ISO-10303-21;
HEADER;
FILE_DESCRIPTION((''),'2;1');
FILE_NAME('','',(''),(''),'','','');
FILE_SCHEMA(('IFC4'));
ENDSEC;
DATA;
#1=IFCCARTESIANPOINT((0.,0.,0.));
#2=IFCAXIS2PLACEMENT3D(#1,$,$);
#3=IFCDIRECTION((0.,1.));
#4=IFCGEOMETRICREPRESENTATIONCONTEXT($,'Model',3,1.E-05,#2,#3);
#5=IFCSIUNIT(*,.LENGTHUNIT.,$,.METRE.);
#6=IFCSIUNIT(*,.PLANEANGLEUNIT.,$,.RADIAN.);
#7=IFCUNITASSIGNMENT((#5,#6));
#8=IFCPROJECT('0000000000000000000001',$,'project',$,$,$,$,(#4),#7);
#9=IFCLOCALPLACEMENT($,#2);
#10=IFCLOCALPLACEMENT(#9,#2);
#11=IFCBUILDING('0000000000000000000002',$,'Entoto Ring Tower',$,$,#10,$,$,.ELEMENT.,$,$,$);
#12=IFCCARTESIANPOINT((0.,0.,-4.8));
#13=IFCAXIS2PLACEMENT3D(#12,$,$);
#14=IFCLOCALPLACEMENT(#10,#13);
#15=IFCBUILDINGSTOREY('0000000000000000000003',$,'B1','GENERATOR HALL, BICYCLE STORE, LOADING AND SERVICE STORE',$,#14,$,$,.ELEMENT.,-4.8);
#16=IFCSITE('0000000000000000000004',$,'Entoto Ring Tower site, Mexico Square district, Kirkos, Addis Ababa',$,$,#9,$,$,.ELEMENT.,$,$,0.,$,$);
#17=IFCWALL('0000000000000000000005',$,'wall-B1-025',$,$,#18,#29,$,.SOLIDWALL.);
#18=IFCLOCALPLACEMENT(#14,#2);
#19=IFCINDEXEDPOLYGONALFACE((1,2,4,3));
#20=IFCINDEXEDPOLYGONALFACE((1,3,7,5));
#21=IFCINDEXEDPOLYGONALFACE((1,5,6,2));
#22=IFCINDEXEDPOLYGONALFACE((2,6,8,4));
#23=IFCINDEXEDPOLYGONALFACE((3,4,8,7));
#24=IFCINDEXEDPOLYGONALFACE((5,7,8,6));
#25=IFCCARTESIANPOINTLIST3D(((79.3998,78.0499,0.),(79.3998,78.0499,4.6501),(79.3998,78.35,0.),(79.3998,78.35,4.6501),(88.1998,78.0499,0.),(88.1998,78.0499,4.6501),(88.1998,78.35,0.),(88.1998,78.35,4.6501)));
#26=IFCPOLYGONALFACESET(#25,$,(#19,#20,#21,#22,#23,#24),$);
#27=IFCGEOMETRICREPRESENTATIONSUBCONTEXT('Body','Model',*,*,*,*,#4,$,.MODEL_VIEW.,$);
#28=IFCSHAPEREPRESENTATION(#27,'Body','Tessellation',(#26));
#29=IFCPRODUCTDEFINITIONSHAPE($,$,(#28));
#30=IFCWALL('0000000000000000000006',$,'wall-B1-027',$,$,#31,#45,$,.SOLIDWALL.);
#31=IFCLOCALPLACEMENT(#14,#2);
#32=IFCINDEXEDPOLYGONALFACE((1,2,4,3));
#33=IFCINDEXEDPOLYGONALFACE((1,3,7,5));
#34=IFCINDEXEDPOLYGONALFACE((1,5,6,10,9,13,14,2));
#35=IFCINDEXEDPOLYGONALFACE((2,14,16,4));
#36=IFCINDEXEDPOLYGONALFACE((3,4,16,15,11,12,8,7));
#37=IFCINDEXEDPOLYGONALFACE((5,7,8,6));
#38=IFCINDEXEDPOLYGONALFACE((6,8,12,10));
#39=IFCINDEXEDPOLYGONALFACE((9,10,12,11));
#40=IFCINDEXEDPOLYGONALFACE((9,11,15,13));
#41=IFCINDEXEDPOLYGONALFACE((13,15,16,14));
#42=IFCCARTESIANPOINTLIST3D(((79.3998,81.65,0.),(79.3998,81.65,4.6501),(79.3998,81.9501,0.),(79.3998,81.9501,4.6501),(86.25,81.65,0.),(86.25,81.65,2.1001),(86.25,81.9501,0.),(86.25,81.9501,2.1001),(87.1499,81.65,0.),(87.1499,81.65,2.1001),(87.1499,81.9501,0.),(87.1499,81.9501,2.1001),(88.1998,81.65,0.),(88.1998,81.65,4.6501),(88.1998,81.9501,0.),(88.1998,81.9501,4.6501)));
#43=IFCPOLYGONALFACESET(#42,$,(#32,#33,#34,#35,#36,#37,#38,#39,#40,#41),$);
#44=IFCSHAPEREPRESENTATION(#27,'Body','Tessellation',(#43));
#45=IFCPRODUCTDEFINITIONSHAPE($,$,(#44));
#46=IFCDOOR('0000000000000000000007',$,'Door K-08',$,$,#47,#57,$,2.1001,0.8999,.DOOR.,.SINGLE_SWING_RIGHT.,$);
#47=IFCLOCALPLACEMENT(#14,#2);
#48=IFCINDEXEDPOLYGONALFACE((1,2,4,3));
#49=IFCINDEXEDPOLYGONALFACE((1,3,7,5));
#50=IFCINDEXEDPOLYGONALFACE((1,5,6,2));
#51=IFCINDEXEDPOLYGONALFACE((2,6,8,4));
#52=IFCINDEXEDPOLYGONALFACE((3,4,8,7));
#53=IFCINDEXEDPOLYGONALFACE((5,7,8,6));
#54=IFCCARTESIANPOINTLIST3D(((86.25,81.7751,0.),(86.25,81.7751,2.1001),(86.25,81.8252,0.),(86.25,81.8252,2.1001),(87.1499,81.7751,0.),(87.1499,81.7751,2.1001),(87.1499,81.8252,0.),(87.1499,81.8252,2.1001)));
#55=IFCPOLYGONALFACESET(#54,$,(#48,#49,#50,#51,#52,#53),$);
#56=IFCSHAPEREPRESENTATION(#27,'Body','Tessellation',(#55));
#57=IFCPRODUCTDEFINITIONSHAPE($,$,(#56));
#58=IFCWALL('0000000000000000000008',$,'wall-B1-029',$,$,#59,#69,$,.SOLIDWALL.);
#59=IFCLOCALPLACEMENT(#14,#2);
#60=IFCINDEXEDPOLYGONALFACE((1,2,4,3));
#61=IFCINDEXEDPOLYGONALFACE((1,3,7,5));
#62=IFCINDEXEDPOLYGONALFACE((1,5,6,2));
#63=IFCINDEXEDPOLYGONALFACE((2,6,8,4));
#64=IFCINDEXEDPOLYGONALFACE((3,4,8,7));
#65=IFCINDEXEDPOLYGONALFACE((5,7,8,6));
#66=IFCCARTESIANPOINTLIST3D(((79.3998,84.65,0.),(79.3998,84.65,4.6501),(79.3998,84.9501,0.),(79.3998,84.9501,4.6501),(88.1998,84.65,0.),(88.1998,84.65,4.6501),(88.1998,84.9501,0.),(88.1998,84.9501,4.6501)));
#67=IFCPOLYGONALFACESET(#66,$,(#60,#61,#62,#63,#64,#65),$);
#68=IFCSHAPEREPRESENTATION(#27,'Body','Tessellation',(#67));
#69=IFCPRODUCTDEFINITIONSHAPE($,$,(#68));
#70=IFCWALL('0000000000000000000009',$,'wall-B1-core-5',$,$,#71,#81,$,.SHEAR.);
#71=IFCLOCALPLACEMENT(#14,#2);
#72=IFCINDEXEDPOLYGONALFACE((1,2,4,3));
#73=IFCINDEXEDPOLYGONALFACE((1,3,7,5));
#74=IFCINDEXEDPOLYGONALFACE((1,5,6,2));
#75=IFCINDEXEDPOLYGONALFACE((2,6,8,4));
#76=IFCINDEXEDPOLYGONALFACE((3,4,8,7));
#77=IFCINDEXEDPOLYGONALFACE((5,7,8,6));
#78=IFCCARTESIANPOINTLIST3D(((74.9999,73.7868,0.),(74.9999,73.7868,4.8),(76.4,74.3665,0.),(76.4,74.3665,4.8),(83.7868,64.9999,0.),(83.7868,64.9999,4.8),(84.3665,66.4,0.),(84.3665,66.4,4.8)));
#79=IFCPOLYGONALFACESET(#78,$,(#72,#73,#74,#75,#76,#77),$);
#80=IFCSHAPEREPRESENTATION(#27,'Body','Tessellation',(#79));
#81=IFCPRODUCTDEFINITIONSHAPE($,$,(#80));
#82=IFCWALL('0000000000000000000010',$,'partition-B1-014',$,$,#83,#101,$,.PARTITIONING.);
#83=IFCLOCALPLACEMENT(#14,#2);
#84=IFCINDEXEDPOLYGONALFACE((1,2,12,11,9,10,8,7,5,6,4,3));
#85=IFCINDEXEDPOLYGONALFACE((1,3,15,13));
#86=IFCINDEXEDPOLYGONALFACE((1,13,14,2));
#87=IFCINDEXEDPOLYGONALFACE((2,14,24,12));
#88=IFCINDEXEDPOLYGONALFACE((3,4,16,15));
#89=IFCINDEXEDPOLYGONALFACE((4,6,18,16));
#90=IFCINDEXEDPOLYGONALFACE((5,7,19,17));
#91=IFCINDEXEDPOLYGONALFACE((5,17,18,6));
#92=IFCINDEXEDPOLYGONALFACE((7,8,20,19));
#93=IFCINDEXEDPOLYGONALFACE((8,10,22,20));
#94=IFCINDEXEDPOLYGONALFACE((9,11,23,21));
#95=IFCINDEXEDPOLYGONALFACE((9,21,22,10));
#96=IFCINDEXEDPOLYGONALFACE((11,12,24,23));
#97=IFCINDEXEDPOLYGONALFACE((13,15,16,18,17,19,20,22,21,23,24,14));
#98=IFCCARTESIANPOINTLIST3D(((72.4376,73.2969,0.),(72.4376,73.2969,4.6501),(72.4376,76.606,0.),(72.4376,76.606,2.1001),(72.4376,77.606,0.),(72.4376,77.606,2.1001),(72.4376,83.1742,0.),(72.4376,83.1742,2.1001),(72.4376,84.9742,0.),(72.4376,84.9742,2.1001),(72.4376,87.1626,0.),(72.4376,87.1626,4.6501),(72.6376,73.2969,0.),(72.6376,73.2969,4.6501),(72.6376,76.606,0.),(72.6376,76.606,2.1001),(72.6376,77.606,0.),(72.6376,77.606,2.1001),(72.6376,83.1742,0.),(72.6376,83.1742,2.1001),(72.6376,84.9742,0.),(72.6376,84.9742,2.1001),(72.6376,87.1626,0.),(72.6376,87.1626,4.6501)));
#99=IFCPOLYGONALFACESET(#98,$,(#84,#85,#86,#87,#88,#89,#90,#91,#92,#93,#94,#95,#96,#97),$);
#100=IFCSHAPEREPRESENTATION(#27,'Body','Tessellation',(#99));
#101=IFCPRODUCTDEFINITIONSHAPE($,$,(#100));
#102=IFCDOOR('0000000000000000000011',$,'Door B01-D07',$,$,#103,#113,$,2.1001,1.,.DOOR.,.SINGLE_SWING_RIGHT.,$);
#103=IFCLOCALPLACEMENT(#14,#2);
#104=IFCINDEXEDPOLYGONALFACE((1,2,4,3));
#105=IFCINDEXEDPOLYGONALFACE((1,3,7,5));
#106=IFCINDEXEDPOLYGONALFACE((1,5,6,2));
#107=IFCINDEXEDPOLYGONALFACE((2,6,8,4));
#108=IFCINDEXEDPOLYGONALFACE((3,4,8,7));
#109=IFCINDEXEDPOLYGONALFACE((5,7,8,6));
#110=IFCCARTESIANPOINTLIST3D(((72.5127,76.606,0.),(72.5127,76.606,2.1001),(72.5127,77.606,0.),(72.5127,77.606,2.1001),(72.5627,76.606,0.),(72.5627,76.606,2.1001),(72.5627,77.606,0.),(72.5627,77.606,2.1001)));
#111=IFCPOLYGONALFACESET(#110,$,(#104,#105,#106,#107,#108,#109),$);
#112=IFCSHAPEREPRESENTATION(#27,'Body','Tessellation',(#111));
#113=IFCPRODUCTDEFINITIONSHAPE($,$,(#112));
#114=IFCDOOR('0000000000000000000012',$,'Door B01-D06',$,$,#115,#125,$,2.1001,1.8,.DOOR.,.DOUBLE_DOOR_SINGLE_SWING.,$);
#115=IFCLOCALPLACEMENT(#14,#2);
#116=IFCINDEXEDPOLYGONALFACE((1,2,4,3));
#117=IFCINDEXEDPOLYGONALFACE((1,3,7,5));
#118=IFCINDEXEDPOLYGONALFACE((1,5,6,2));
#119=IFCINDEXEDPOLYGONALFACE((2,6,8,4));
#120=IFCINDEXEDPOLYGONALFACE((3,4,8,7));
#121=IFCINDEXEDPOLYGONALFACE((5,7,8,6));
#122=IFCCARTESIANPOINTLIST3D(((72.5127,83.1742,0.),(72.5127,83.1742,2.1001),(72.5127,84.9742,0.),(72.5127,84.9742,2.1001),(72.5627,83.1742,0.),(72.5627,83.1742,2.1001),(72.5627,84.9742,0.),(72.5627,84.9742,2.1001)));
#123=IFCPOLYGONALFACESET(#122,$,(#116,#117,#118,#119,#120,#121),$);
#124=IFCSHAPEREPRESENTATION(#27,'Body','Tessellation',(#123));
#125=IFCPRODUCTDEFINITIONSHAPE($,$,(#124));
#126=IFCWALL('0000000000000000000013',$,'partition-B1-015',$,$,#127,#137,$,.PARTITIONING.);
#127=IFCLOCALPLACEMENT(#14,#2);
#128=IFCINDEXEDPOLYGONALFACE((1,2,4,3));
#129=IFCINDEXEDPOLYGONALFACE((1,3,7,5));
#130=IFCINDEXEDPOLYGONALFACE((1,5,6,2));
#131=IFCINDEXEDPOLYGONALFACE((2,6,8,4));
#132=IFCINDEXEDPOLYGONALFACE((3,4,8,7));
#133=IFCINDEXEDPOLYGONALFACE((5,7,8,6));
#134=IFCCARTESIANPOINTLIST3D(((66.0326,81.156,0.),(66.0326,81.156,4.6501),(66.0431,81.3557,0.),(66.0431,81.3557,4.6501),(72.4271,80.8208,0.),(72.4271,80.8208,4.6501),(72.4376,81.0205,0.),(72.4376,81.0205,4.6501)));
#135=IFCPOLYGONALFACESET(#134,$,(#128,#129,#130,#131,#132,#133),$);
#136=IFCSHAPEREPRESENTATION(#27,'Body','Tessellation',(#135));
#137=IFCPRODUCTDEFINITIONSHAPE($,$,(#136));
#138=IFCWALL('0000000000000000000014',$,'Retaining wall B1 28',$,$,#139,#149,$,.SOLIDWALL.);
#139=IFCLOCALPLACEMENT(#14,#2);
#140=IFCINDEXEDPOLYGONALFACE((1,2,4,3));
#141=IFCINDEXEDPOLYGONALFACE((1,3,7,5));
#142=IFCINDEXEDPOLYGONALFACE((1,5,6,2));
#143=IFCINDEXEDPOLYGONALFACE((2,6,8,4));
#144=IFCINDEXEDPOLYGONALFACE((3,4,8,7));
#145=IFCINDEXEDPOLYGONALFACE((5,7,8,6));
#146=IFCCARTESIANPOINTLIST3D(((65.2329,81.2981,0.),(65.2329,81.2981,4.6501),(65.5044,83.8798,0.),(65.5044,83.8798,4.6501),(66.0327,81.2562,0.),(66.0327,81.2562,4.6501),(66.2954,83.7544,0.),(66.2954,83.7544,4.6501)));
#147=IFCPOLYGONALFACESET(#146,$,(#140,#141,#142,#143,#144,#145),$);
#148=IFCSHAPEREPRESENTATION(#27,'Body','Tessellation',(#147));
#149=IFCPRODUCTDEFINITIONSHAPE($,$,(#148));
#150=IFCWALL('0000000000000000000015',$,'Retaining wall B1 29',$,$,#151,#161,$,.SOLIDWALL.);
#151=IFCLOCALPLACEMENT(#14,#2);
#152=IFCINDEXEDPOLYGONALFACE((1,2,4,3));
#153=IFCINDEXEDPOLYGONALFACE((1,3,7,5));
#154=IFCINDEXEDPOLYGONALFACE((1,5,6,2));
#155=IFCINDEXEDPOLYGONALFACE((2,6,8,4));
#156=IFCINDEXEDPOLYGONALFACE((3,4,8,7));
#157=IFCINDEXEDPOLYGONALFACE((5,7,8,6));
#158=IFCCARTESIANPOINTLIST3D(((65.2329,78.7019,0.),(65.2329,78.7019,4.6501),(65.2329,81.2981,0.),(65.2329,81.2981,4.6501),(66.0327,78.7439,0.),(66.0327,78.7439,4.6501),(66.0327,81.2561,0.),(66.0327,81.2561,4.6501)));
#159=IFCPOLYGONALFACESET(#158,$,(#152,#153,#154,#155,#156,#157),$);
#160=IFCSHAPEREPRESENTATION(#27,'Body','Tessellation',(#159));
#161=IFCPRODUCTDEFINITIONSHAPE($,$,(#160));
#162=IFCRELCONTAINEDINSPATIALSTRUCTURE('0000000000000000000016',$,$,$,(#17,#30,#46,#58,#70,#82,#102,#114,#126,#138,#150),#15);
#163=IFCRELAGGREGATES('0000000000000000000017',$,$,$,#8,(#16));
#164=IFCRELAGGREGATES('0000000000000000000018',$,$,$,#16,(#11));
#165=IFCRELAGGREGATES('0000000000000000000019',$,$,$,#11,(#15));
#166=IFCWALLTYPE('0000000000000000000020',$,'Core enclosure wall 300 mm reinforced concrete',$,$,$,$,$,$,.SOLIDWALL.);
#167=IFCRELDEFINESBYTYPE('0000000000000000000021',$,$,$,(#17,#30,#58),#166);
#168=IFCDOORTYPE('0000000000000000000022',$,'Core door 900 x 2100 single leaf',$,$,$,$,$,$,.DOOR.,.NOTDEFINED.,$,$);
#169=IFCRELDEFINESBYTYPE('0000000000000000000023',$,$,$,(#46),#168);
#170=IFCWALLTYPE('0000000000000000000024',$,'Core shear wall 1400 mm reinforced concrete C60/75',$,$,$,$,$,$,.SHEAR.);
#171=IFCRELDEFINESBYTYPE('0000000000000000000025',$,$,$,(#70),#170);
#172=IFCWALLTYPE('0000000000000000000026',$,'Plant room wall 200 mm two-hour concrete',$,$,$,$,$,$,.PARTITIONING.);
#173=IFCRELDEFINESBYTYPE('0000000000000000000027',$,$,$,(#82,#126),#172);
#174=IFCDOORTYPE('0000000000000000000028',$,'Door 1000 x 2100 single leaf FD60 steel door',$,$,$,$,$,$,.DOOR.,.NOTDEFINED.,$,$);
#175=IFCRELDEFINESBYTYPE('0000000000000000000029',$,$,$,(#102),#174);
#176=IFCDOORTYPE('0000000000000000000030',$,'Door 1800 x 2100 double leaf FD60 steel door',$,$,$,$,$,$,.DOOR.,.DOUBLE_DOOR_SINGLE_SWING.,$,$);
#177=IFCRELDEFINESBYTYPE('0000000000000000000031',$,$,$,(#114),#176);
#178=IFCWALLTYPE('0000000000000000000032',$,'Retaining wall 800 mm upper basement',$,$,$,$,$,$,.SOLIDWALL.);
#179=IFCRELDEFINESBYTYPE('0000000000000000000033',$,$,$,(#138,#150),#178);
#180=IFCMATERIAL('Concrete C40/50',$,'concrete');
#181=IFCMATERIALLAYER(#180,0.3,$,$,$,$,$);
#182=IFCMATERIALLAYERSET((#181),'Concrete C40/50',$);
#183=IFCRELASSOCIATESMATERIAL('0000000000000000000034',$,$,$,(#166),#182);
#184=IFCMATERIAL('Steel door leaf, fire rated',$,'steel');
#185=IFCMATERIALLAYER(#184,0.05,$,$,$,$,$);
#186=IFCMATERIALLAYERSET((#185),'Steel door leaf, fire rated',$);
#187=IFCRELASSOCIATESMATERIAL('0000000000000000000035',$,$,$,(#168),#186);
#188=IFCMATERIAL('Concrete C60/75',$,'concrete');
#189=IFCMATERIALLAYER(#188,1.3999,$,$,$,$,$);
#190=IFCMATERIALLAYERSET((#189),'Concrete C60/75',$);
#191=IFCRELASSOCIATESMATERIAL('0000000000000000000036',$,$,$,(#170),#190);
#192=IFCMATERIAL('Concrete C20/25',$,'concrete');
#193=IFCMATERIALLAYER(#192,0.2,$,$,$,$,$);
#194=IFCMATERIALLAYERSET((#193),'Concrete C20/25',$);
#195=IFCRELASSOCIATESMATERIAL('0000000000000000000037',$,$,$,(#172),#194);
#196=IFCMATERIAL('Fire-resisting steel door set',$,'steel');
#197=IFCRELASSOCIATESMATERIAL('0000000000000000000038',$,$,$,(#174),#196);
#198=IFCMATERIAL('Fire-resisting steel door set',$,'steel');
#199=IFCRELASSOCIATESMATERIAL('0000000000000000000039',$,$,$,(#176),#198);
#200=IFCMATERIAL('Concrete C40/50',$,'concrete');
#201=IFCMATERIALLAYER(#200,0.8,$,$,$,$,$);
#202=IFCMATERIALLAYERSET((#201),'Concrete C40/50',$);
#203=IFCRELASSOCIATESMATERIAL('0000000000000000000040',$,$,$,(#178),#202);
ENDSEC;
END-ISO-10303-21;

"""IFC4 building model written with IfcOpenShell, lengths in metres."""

from ifc_helpers import new_model, si_unit, direction, frame, frame_2d, origin, place, context, subcontext, project, spatial, polyline, rectangle, outline, extrude, material, layer, layer_set, type_object, element, fill, save


model = new_model("IFC4")

# Units and contexts
model_context = context("Model", 3, precision=1e-05, world=origin(), true_north=direction((0.0, 1.0)))
body_context = subcontext(model_context, "Body", "Model", "MODEL_VIEW")
ifc_project = project(units=[si_unit("LENGTHUNIT", "METRE"), si_unit("PLANEANGLEUNIT", "RADIAN")], contexts=[model_context])

# Site, building, storey
site_placement = place(None, origin())
site = spatial("IfcSite", under=ifc_project, at=site_placement, Name="Entoto Ring Tower site, Mexico Square district, Kirkos, Addis Ababa", CompositionType="ELEMENT", RefElevation=0.0)
building_placement = place(site_placement, origin())
building = spatial("IfcBuilding", under=site, at=building_placement, Name="Entoto Ring Tower", CompositionType="ELEMENT")
storey_placement = place(building_placement, frame((0.0, 0.0, -4.8)))
storey = spatial("IfcBuildingStorey", under=building, at=storey_placement, Name="B1", Description="GENERATOR HALL, BICYCLE STORE, LOADING AND SERVICE STORE", CompositionType="ELEMENT", Elevation=-4.8)

# Shared definitions
ifc_material_1 = material(Name="Concrete C40/50", Category="concrete")
ifc_layer_1 = layer(ifc_material_1, 0.3)
ifc_layer_set_1 = layer_set([ifc_layer_1], Name="Concrete C40/50")
wall_type_1 = type_object("IfcWallType", Name="Core enclosure wall 300 mm reinforced concrete", PredefinedType="SOLIDWALL", material=ifc_layer_set_1)

# Wall
for number, where, z_axis, x_axis, name in (
    (1, (79.3999, 78.2, 0.0), (0.0, 0.0, 1.0), (1.0, 0.0, 0.0), "wall-B1-025"),
):
    element("IfcWall", number, at=place(storey_placement, frame(where, z_axis=z_axis, x_axis=x_axis)), inside=storey, type_object=wall_type_1, Name=name, PredefinedType="SOLIDWALL", context=body_context, shape_type="SweptSolid", body=[
        extrude(rectangle(XDim=8.8, YDim=0.3, at=frame_2d((4.3999, 0.0))), origin(), (0.0, 0.0, 1.0), 4.6501),
    ])

# Wall, opening, door
wall_1_placement = place(storey_placement, frame((79.3999, 81.8, 0.0), z_axis=(0.0, 0.0, 1.0), x_axis=(1.0, 0.0, 0.0)))
wall_1 = element("IfcWall", 2, at=wall_1_placement, inside=storey, type_object=wall_type_1, Name="wall-B1-027", PredefinedType="SOLIDWALL", context=body_context, shape_type="SweptSolid", body=[
    extrude(rectangle(XDim=8.8, YDim=0.3, at=frame_2d((4.3999, 0.0))), origin(), (0.0, 0.0, 1.0), 4.6501),
])
opening_1_placement = place(wall_1_placement, frame((6.8501, 0.0, 0.0)))
opening_1 = element("IfcOpeningElement", 3, at=opening_1_placement, cuts=wall_1, PredefinedType="OPENING", context=body_context, shape_type="SweptSolid", body=[
    extrude(rectangle(XDim=0.8999, YDim=2.1001, at=frame_2d((0.45, 1.05))), frame((0.0, 0.1602, 0.0), z_axis=(0.0, -1.0, 0.0), x_axis=(1.0, 0.0, 0.0)), (0.0, 0.0, 1.0), 0.3201),
])
ifc_material_2 = material(Name="Steel door leaf, fire rated", Category="steel")
ifc_layer_2 = layer(ifc_material_2, 0.05)
ifc_layer_set_2 = layer_set([ifc_layer_2], Name="Steel door leaf, fire rated")
door_type_1 = type_object("IfcDoorType", Name="Core door 900 x 2100 single leaf", OperationType="NOTDEFINED", PredefinedType="DOOR", material=ifc_layer_set_2)
door_1_placement = place(opening_1_placement, frame((0.8999, 0.0, 0.0), z_axis=(0.0, 0.0, 1.0), x_axis=(-1.0, 0.0, 0.0)))
door_1 = element("IfcDoor", 4, at=door_1_placement, inside=storey, type_object=door_type_1, Name="Door K-08", OperationType="SINGLE_SWING_RIGHT", OverallHeight=2.1001, OverallWidth=0.8999, PredefinedType="DOOR", context=body_context, shape_type="SweptSolid", body=[
    extrude(rectangle(XDim=0.8999, YDim=2.1001, at=frame_2d((0.45, 1.05))), frame((0.0, 0.0249, 0.0), z_axis=(0.0, -1.0, 0.0), x_axis=(1.0, 0.0, 0.0)), (0.0, 0.0, 1.0), 0.05),
])
fill(opening_1, door_1)

# Walls
wall_2_placement = place(storey_placement, frame((79.3999, 84.8, 0.0), z_axis=(0.0, 0.0, 1.0), x_axis=(1.0, 0.0, 0.0)))
element("IfcWall", 5, at=wall_2_placement, inside=storey, type_object=wall_type_1, Name="wall-B1-029", PredefinedType="SOLIDWALL", context=body_context, shape_type="SweptSolid", body=[
    extrude(rectangle(XDim=8.8, YDim=0.3, at=frame_2d((4.3999, 0.0))), origin(), (0.0, 0.0, 1.0), 4.6501),
])
ifc_material_3 = material(Name="Concrete C60/75", Category="concrete")
ifc_layer_3 = layer(ifc_material_3, 1.3999)
ifc_layer_set_3 = layer_set([ifc_layer_3], Name="Concrete C60/75")
wall_type_2 = type_object("IfcWallType", Name="Core shear wall 1400 mm reinforced concrete C60/75", PredefinedType="SHEAR", material=ifc_layer_set_3)
wall_3_placement = place(storey_placement, frame((75.7, 74.0767, 0.0), z_axis=(0.0, 0.0, 1.0), x_axis=(0.707107, -0.707107, 0.0)))
element("IfcWall", 6, at=wall_3_placement, inside=storey, type_object=wall_type_2, Name="wall-B1-core-5", PredefinedType="SHEAR", context=body_context, shape_type="SweptSolid", body=[
    extrude(outline(polyline([(-0.29, -0.7), (12.1365, -0.7), (11.5564, 0.7), (0.29, 0.7), (-0.29, -0.7)])), origin(), (0.0, 0.0, 1.0), 4.8),
])

# Wall, openings, doors
ifc_material_4 = material(Name="Concrete C20/25", Category="concrete")
ifc_layer_4 = layer(ifc_material_4, 0.2)
ifc_layer_set_4 = layer_set([ifc_layer_4], Name="Concrete C20/25")
wall_type_3 = type_object("IfcWallType", Name="Plant room wall 200 mm two-hour concrete", PredefinedType="PARTITIONING", material=ifc_layer_set_4)
wall_4_placement = place(storey_placement, frame((72.5376, 73.2969, 0.0), z_axis=(0.0, 0.0, 1.0), x_axis=(0.0, 1.0, 0.0)))
wall_4 = element("IfcWall", 7, at=wall_4_placement, inside=storey, type_object=wall_type_3, Name="partition-B1-014", PredefinedType="PARTITIONING", context=body_context, shape_type="SweptSolid", body=[
    extrude(rectangle(XDim=13.8657, YDim=0.2, at=frame_2d((6.9329, 0.0))), origin(), (0.0, 0.0, 1.0), 4.6501),
])
opening_2_placement = place(wall_4_placement, frame((9.8774, 0.0, 0.0)))
opening_2 = element("IfcOpeningElement", 8, at=opening_2_placement, cuts=wall_4, PredefinedType="OPENING", context=body_context, shape_type="SweptSolid", body=[
    extrude(rectangle(XDim=1.8, YDim=2.1001, at=frame_2d((0.8999, 1.05))), frame((0.0, 0.1099, 0.0), z_axis=(0.0, -1.0, 0.0), x_axis=(1.0, 0.0, 0.0)), (0.0, 0.0, 1.0), 0.22),
])
opening_3_placement = place(wall_4_placement, frame((3.3091, 0.0, 0.0)))
opening_3 = element("IfcOpeningElement", 9, at=opening_3_placement, cuts=wall_4, PredefinedType="OPENING", context=body_context, shape_type="SweptSolid", body=[
    extrude(rectangle(XDim=1.0, YDim=2.1001, at=frame_2d((0.5, 1.05))), frame((0.0, 0.1099, 0.0), z_axis=(0.0, -1.0, 0.0), x_axis=(1.0, 0.0, 0.0)), (0.0, 0.0, 1.0), 0.22),
])
ifc_material_5 = material(Name="Fire-resisting steel door set", Category="steel")
door_type_2 = type_object("IfcDoorType", Name="Door 1000 x 2100 single leaf FD60 steel door", OperationType="NOTDEFINED", PredefinedType="DOOR", material=ifc_material_5)
door_2_placement = place(opening_3_placement, origin())
door_2 = element("IfcDoor", 10, at=door_2_placement, inside=storey, type_object=door_type_2, Name="Door B01-D07", OperationType="SINGLE_SWING_RIGHT", OverallHeight=2.1001, OverallWidth=1.0, PredefinedType="DOOR", context=body_context, shape_type="SweptSolid", body=[
    extrude(rectangle(XDim=1.0, YDim=2.1001, at=frame_2d((0.5, 1.05))), frame((0.0, 0.0249, 0.0), z_axis=(0.0, -1.0, 0.0), x_axis=(1.0, 0.0, 0.0)), (0.0, 0.0, 1.0), 0.05),
])
fill(opening_3, door_2)
ifc_material_6 = material(Name="Fire-resisting steel door set", Category="steel")
door_type_3 = type_object("IfcDoorType", Name="Door 1800 x 2100 double leaf FD60 steel door", OperationType="DOUBLE_DOOR_SINGLE_SWING", PredefinedType="DOOR", material=ifc_material_6)
door_3_placement = place(opening_2_placement, origin())
door_3 = element("IfcDoor", 11, at=door_3_placement, inside=storey, type_object=door_type_3, Name="Door B01-D06", OperationType="DOUBLE_DOOR_SINGLE_SWING", OverallHeight=2.1001, OverallWidth=1.8, PredefinedType="DOOR", context=body_context, shape_type="SweptSolid", body=[
    extrude(rectangle(XDim=1.8, YDim=2.1001, at=frame_2d((0.8999, 1.05))), frame((0.0, 0.0249, 0.0), z_axis=(0.0, -1.0, 0.0), x_axis=(1.0, 0.0, 0.0)), (0.0, 0.0, 1.0), 0.05),
])
fill(opening_2, door_3)

# Walls
wall_5_placement = place(storey_placement, frame((72.4324, 80.9207, 0.0), z_axis=(0.0, 0.0, 1.0), x_axis=(-0.998629, 0.052349, 0.0)))
element("IfcWall", 12, at=wall_5_placement, inside=storey, type_object=wall_type_3, Name="partition-B1-015", PredefinedType="PARTITIONING", context=body_context, shape_type="SweptSolid", body=[
    extrude(rectangle(XDim=6.4033, YDim=0.2, at=frame_2d((3.2017, 0.0))), origin(), (0.0, 0.0, 1.0), 4.6501),
])
ifc_material_7 = material(Name="Concrete C40/50", Category="concrete")
ifc_layer_5 = layer(ifc_material_7, 0.8)
ifc_layer_set_5 = layer_set([ifc_layer_5], Name="Concrete C40/50")
wall_type_4 = type_object("IfcWallType", Name="Retaining wall 800 mm upper basement", PredefinedType="SOLIDWALL", material=ifc_layer_set_5)
wall_6_placement = place(storey_placement, frame((65.8999, 83.8171, 0.0), z_axis=(0.0, 0.0, 1.0), x_axis=(-0.104575, -0.994517, 0.0)))
element("IfcWall", 13, at=wall_6_placement, inside=storey, type_object=wall_type_4, Name="Retaining wall B1 28", PredefinedType="SOLIDWALL", context=body_context, shape_type="SweptSolid", body=[
    extrude(outline(polyline([(-0.021, -0.3999), (2.575, -0.3999), (2.533, 0.3999), (0.021, 0.3999), (-0.021, -0.3999)])), origin(), (0.0, 0.0, 1.0), 4.6501),
])
wall_7_placement = place(storey_placement, frame((65.6328, 81.2771, 0.0), z_axis=(0.0, 0.0, 1.0), x_axis=(0.0, -1.0, 0.0)))
element("IfcWall", 14, at=wall_7_placement, inside=storey, type_object=wall_type_4, Name="Retaining wall B1 29", PredefinedType="SOLIDWALL", context=body_context, shape_type="SweptSolid", body=[
    extrude(outline(polyline([(-0.021, -0.3999), (2.5752, -0.3999), (2.5332, 0.3999), (0.021, 0.3999), (-0.021, -0.3999)])), origin(), (0.0, 0.0, 1.0), 4.6501),
])

save(model, "model.ifc")
